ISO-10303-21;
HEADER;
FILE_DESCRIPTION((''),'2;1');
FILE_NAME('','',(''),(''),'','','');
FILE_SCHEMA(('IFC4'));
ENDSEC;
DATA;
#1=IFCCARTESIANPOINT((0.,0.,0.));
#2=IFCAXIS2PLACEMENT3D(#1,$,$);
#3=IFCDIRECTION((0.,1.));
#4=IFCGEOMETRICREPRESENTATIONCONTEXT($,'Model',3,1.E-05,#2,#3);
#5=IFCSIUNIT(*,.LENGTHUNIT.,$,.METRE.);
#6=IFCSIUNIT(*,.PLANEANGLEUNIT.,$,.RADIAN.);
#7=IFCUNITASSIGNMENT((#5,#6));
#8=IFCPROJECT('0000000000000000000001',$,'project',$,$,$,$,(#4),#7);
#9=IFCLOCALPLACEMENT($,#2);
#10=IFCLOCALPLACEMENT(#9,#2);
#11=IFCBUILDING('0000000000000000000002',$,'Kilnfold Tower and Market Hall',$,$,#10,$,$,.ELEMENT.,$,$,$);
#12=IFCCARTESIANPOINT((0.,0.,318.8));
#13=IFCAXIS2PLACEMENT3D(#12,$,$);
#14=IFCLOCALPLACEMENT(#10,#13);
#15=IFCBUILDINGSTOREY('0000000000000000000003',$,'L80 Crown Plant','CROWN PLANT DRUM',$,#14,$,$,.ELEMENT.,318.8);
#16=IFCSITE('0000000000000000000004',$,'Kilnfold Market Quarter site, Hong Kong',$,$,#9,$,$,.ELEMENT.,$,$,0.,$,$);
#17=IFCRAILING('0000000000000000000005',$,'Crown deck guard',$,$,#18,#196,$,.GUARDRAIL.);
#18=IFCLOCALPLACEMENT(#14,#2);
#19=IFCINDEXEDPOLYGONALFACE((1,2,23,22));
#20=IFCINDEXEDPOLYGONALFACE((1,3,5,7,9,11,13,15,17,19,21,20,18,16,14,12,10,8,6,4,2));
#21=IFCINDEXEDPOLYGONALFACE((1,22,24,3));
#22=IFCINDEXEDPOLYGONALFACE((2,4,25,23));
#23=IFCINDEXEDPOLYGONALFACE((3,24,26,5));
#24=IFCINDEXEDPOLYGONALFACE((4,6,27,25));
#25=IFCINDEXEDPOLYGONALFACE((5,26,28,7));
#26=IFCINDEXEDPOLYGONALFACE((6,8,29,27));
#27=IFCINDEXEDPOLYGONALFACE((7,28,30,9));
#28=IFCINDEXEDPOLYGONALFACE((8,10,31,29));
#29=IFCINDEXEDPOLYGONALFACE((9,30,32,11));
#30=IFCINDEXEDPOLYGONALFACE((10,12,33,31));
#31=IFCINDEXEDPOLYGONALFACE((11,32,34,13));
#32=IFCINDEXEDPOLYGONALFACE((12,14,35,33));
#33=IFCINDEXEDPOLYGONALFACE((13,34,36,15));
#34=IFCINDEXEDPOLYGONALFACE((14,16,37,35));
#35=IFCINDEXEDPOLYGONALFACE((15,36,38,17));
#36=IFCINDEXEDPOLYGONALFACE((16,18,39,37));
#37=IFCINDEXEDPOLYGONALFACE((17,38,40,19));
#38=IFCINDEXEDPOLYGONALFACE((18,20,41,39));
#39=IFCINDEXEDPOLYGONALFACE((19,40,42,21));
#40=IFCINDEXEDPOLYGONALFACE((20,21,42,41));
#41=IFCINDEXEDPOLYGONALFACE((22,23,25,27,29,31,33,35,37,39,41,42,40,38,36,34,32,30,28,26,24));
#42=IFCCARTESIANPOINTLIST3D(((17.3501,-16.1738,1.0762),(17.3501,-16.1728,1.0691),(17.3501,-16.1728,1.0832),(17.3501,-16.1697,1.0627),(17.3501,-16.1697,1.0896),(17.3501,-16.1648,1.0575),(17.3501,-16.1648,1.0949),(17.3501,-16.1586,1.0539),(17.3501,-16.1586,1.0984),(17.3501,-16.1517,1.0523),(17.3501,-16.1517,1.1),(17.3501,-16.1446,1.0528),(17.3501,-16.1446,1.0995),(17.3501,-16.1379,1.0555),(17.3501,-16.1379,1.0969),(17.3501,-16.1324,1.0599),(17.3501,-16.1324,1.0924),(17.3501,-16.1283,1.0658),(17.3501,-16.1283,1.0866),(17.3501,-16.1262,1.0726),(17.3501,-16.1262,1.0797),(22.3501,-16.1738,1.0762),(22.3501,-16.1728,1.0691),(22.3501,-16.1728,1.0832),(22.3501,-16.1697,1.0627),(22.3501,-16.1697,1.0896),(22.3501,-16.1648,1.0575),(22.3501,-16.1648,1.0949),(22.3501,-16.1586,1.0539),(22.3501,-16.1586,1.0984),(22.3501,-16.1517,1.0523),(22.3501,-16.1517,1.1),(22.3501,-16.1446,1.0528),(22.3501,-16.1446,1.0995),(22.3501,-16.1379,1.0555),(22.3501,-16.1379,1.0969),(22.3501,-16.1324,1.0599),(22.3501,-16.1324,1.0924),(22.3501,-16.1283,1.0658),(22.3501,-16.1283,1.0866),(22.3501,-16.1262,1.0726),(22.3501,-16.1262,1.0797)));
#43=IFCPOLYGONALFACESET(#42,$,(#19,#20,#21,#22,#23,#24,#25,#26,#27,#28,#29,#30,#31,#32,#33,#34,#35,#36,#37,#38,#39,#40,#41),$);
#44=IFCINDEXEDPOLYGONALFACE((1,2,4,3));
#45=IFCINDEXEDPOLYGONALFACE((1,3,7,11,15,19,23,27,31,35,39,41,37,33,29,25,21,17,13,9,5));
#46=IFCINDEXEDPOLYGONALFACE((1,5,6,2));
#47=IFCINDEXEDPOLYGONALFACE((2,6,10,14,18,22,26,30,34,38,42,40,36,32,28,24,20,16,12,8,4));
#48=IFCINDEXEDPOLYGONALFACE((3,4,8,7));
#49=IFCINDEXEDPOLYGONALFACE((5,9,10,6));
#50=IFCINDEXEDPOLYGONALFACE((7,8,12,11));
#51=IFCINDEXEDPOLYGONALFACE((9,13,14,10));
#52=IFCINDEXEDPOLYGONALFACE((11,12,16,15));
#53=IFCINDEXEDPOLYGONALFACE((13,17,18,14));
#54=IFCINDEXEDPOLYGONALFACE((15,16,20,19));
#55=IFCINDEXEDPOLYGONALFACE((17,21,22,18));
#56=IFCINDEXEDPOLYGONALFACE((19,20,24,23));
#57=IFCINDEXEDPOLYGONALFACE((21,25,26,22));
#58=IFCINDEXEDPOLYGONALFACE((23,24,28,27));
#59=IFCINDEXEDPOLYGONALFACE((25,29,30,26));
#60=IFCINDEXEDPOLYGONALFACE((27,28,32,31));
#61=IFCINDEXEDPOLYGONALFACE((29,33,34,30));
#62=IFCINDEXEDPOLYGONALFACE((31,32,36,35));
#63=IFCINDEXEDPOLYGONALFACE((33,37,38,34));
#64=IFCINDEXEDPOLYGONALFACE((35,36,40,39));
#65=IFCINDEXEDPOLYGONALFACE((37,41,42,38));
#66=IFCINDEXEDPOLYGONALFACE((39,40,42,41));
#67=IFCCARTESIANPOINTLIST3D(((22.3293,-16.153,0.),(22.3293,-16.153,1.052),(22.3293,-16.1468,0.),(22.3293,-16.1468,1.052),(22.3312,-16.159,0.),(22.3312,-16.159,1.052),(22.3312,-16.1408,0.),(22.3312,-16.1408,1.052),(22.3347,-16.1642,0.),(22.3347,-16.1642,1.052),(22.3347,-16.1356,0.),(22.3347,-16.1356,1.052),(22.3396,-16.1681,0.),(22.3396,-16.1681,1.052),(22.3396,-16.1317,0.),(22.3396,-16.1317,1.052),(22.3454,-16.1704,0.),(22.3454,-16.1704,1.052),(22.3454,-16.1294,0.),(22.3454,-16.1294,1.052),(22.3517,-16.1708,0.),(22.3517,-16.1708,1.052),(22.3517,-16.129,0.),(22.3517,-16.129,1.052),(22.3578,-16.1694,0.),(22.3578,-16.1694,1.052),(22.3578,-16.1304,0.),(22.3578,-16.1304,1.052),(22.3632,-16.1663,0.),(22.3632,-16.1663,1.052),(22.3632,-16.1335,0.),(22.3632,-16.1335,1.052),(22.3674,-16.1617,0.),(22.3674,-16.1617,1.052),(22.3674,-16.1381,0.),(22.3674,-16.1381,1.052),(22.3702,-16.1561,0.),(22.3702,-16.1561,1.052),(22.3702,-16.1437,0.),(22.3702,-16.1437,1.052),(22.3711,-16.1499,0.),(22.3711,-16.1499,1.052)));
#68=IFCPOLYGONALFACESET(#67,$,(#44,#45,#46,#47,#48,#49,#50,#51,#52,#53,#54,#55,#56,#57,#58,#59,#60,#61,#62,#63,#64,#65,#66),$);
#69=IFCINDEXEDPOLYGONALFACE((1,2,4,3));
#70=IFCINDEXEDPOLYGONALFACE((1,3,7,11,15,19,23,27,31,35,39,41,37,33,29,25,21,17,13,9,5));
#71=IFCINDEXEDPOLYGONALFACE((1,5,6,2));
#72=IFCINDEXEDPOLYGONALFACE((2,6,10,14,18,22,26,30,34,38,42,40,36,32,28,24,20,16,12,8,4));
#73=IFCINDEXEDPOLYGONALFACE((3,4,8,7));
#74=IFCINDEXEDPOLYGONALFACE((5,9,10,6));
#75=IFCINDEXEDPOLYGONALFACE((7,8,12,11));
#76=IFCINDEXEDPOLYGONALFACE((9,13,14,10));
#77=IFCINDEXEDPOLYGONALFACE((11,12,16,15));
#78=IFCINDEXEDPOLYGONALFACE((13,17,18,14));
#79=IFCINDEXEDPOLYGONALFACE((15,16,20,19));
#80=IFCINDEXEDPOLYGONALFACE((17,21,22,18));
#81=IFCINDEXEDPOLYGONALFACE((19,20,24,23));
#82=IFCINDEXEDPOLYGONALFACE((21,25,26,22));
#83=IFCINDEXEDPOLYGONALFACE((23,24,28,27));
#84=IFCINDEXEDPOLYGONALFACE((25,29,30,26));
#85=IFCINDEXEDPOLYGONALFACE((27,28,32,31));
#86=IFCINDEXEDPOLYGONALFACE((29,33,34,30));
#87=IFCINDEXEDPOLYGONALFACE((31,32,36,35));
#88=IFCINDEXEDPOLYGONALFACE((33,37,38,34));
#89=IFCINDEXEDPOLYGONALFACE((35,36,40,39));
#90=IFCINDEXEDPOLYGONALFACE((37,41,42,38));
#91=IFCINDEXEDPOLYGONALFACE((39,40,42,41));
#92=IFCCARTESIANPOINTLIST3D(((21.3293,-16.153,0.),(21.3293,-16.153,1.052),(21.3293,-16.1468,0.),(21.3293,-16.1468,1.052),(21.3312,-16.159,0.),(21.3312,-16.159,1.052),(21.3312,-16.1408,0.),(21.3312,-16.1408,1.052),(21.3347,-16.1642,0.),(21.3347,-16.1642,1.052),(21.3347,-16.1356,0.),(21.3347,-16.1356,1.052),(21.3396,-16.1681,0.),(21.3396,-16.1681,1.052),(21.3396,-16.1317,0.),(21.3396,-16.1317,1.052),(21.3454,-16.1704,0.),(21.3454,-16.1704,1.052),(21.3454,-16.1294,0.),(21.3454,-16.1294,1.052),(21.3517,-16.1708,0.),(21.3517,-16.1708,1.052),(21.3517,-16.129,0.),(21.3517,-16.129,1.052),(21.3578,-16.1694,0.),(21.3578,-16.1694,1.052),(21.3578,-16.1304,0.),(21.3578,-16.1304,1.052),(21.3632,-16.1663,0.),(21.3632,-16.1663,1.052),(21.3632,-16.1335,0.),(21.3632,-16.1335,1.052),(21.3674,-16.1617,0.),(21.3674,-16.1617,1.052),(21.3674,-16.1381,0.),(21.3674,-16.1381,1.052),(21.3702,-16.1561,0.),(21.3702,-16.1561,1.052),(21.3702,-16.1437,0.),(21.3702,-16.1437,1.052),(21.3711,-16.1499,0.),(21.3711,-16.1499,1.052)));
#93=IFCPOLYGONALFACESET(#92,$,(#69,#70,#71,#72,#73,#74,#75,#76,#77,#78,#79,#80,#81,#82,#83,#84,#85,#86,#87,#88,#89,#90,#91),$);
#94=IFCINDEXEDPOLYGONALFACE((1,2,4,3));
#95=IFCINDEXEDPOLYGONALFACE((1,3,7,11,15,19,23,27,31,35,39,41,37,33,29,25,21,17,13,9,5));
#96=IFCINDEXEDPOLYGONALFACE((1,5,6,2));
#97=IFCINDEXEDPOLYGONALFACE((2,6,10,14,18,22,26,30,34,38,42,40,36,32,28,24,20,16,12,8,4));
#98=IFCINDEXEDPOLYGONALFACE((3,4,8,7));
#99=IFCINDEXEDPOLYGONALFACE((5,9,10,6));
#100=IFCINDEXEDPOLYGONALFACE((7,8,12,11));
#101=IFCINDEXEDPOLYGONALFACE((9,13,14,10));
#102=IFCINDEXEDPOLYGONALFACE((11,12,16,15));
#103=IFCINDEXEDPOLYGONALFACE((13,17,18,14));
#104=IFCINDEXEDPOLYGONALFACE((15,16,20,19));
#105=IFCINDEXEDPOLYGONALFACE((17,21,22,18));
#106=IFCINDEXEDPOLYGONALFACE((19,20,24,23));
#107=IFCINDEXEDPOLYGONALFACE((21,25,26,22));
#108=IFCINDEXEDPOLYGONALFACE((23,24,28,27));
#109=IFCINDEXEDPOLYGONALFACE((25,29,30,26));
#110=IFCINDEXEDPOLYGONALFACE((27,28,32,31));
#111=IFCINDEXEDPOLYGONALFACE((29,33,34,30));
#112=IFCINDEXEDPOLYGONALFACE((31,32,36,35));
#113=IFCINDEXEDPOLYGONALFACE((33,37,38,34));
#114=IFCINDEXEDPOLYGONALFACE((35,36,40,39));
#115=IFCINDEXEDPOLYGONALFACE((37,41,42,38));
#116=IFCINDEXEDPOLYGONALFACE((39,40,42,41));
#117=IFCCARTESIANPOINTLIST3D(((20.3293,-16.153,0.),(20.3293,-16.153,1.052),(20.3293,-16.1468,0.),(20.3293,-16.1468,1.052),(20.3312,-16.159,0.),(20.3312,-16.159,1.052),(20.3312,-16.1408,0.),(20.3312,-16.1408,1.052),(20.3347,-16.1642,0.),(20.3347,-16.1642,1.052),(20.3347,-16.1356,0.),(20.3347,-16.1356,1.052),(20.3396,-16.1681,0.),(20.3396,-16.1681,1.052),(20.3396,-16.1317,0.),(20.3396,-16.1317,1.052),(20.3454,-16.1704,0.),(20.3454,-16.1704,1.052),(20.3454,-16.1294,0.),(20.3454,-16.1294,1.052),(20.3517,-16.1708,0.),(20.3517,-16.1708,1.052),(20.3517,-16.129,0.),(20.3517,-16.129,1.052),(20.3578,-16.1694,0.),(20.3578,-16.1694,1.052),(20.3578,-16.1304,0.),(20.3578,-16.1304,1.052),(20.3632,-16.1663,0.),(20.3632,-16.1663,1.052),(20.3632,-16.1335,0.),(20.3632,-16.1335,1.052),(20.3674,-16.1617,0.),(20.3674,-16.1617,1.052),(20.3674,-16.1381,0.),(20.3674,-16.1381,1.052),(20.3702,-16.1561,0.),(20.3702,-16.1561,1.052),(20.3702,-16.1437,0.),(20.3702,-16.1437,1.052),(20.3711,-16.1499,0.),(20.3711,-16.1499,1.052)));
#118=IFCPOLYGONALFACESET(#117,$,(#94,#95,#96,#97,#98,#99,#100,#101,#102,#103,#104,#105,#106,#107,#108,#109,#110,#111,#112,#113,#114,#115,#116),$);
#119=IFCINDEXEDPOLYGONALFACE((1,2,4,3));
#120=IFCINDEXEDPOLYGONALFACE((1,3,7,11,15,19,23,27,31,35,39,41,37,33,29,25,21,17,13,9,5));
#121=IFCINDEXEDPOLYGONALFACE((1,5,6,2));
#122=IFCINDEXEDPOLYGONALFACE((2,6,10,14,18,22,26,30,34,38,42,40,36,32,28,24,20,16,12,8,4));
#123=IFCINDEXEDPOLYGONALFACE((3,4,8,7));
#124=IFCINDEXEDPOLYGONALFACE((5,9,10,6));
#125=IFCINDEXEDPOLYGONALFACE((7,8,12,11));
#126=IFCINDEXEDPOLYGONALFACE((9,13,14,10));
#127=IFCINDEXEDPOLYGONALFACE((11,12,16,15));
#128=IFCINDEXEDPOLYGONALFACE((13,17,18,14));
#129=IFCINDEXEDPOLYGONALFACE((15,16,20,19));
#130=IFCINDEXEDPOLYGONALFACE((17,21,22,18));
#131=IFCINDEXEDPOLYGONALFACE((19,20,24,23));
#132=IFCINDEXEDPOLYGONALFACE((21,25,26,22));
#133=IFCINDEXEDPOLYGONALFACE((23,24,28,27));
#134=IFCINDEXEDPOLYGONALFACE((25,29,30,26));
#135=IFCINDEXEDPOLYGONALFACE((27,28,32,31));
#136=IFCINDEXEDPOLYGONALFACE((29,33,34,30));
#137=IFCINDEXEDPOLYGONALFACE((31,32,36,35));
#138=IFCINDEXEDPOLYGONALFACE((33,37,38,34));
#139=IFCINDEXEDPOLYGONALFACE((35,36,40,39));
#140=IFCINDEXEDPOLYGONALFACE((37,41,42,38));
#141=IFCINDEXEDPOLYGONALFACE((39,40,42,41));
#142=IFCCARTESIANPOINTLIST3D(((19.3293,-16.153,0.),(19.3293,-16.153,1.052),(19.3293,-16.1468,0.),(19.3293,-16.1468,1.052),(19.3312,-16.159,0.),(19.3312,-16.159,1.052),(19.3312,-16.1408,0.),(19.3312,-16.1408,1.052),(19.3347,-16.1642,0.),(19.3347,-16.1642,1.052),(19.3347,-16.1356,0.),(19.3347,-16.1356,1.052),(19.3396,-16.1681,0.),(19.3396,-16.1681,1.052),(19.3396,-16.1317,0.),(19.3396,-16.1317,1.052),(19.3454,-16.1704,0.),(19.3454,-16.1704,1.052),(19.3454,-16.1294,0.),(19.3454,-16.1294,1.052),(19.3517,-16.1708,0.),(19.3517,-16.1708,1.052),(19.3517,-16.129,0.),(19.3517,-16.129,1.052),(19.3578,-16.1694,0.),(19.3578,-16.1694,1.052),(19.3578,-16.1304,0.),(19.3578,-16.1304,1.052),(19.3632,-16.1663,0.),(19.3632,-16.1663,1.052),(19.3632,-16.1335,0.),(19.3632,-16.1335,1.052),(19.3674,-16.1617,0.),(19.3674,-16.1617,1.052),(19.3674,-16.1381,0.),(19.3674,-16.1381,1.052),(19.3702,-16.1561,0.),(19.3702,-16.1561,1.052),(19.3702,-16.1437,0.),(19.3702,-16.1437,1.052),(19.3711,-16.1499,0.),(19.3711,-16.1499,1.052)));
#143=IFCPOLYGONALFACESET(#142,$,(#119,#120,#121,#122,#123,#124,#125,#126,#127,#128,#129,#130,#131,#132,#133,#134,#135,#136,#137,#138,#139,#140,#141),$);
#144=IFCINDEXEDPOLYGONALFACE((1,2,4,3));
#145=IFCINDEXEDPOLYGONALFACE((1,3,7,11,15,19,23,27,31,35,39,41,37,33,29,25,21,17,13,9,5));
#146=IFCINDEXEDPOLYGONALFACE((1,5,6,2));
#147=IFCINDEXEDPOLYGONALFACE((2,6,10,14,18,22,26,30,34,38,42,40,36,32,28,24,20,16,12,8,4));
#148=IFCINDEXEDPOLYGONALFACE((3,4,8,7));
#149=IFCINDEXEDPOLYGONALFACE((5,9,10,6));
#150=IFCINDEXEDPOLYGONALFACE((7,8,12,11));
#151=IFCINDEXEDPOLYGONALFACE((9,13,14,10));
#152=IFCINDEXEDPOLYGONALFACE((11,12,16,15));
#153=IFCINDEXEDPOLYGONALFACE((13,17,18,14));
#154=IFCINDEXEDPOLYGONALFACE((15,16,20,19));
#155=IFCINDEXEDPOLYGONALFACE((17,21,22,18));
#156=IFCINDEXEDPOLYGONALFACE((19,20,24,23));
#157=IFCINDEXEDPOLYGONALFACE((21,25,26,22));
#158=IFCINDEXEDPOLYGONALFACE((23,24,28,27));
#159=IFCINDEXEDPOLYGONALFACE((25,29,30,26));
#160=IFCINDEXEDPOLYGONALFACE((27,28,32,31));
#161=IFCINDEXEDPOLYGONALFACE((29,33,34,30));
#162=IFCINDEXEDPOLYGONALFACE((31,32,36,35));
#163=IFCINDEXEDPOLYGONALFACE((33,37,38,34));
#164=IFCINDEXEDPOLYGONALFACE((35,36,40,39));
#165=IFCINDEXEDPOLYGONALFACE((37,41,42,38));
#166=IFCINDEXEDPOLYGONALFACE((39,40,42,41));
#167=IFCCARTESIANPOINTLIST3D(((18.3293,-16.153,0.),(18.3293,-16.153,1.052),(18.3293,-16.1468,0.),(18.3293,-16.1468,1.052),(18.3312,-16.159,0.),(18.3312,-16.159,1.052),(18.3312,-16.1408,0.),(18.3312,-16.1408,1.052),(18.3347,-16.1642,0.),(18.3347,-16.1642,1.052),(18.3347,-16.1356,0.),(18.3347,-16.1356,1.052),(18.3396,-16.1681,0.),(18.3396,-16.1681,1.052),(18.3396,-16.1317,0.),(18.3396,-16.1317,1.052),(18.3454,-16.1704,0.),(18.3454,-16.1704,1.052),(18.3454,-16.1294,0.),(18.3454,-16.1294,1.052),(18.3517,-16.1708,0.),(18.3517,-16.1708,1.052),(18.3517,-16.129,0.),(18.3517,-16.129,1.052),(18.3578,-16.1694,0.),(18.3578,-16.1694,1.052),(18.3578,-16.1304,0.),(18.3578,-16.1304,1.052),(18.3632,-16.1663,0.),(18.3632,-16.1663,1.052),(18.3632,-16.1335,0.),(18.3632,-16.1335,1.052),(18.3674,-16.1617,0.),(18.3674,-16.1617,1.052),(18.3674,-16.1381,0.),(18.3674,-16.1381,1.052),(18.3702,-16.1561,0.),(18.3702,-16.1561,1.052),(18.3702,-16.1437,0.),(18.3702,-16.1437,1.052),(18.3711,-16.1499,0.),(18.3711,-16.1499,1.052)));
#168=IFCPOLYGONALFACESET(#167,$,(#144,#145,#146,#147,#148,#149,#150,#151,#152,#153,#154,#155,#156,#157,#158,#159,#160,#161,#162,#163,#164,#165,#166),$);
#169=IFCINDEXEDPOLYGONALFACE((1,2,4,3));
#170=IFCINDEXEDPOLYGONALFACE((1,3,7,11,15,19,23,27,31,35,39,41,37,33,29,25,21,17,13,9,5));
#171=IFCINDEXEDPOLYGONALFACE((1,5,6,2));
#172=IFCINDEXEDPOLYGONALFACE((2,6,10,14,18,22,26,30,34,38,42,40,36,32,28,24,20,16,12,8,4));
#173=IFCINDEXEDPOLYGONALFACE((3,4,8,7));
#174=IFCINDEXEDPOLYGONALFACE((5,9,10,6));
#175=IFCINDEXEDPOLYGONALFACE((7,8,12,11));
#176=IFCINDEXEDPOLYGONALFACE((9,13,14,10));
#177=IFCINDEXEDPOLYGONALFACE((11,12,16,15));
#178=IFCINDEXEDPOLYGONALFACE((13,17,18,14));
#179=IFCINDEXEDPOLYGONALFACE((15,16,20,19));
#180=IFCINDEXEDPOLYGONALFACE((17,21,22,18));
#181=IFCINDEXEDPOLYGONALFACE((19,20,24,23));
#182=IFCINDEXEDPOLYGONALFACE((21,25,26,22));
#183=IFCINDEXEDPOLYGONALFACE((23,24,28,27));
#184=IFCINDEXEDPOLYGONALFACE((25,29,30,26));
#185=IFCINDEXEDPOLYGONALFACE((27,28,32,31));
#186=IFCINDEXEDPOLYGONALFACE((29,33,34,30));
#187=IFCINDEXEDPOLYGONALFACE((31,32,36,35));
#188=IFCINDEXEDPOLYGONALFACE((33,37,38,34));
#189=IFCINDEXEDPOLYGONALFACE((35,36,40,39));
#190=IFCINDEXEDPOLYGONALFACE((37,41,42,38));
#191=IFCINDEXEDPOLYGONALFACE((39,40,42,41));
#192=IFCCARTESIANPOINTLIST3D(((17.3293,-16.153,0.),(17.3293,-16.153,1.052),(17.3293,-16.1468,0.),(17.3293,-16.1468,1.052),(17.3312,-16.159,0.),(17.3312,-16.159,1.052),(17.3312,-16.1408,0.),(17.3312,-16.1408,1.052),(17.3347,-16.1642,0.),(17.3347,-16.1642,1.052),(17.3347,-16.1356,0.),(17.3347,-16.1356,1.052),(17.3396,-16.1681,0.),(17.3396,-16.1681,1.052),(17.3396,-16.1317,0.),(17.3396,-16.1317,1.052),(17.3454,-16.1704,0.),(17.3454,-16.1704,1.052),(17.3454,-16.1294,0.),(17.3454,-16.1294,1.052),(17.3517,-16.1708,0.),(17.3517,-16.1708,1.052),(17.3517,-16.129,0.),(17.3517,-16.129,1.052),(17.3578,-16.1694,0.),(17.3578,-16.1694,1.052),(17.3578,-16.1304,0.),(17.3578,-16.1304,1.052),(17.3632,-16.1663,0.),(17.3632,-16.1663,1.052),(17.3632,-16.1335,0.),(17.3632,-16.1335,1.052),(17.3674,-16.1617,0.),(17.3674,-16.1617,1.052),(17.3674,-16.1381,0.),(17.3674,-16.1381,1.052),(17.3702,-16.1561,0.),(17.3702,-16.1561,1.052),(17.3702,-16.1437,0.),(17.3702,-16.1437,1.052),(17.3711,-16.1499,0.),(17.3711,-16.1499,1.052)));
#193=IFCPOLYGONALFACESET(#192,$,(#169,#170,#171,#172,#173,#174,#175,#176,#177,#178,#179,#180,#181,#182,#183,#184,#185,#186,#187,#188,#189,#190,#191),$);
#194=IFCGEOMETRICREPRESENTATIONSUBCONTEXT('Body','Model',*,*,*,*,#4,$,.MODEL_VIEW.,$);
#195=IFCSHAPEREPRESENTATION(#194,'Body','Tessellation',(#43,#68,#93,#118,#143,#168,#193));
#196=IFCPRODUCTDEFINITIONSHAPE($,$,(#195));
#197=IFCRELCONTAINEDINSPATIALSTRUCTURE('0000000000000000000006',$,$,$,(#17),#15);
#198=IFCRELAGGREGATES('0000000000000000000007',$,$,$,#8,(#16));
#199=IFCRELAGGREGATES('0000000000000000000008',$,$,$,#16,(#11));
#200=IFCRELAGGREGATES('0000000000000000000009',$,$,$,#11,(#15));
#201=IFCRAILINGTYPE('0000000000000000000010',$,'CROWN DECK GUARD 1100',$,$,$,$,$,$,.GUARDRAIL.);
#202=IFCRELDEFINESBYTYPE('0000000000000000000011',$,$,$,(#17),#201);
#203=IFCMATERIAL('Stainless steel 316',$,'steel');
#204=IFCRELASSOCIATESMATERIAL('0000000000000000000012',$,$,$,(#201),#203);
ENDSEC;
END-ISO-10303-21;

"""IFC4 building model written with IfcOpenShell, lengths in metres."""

from ifc_helpers import new_model, si_unit, direction, frame, origin, origin_2d, place, context, subcontext, project, spatial, circle, extrude, material, type_object, element, save


model = new_model("IFC4")

# Units and contexts
model_context = context("Model", 3, precision=1e-05, world=origin(), true_north=direction((0.0, 1.0)))
body_context = subcontext(model_context, "Body", "Model", "MODEL_VIEW")
ifc_project = project(units=[si_unit("LENGTHUNIT", "METRE"), si_unit("PLANEANGLEUNIT", "RADIAN")], contexts=[model_context])

# Site, building, storey
site_placement = place(None, origin())
site = spatial("IfcSite", under=ifc_project, at=site_placement, Name="Kilnfold Market Quarter site, Hong Kong", CompositionType="ELEMENT", RefElevation=0.0)
building_placement = place(site_placement, origin())
building = spatial("IfcBuilding", under=site, at=building_placement, Name="Kilnfold Tower and Market Hall", CompositionType="ELEMENT")
storey_placement = place(building_placement, frame((0.0, 0.0, 318.8)))
storey = spatial("IfcBuildingStorey", under=building, at=storey_placement, Name="L80 Crown Plant", Description="CROWN PLANT DRUM", CompositionType="ELEMENT", Elevation=318.8)

# Railing
ifc_material_1 = material(Name="Stainless steel 316", Category="steel")
railing_type_1 = type_object("IfcRailingType", Name="CROWN DECK GUARD 1100", PredefinedType="GUARDRAIL", material=ifc_material_1)
railing_1_placement = place(storey_placement, frame((22.3501, -16.1499, 0.0)))
element("IfcRailing", 1, at=railing_1_placement, inside=storey, type_object=railing_type_1, Name="Crown deck guard", PredefinedType="GUARDRAIL", context=body_context, shape_type="SweptSolid", body=[
    extrude(circle(Radius=0.0239, at=origin_2d()), frame((0.0, 0.0, 1.0762), z_axis=(-1.0, 0.0, 0.0), x_axis=(0.0, -1.0, 0.0)), (0.0, 0.0, 1.0), 5.0),
    extrude(circle(Radius=0.021, at=origin_2d()), origin(), (0.0, 0.0, 1.0), 1.052),
    extrude(circle(Radius=0.021, at=origin_2d()), frame((-1.0, 0.0, 0.0)), (0.0, 0.0, 1.0), 1.052),
    extrude(circle(Radius=0.021, at=origin_2d()), frame((-2.0, 0.0, 0.0)), (0.0, 0.0, 1.0), 1.052),
    extrude(circle(Radius=0.021, at=origin_2d()), frame((-3.0, 0.0, 0.0)), (0.0, 0.0, 1.0), 1.052),
    extrude(circle(Radius=0.021, at=origin_2d()), frame((-4.0, 0.0, 0.0)), (0.0, 0.0, 1.0), 1.052),
    extrude(circle(Radius=0.021, at=origin_2d()), frame((-5.0, 0.0, 0.0)), (0.0, 0.0, 1.0), 1.052),
])

save(model, "model.ifc")
